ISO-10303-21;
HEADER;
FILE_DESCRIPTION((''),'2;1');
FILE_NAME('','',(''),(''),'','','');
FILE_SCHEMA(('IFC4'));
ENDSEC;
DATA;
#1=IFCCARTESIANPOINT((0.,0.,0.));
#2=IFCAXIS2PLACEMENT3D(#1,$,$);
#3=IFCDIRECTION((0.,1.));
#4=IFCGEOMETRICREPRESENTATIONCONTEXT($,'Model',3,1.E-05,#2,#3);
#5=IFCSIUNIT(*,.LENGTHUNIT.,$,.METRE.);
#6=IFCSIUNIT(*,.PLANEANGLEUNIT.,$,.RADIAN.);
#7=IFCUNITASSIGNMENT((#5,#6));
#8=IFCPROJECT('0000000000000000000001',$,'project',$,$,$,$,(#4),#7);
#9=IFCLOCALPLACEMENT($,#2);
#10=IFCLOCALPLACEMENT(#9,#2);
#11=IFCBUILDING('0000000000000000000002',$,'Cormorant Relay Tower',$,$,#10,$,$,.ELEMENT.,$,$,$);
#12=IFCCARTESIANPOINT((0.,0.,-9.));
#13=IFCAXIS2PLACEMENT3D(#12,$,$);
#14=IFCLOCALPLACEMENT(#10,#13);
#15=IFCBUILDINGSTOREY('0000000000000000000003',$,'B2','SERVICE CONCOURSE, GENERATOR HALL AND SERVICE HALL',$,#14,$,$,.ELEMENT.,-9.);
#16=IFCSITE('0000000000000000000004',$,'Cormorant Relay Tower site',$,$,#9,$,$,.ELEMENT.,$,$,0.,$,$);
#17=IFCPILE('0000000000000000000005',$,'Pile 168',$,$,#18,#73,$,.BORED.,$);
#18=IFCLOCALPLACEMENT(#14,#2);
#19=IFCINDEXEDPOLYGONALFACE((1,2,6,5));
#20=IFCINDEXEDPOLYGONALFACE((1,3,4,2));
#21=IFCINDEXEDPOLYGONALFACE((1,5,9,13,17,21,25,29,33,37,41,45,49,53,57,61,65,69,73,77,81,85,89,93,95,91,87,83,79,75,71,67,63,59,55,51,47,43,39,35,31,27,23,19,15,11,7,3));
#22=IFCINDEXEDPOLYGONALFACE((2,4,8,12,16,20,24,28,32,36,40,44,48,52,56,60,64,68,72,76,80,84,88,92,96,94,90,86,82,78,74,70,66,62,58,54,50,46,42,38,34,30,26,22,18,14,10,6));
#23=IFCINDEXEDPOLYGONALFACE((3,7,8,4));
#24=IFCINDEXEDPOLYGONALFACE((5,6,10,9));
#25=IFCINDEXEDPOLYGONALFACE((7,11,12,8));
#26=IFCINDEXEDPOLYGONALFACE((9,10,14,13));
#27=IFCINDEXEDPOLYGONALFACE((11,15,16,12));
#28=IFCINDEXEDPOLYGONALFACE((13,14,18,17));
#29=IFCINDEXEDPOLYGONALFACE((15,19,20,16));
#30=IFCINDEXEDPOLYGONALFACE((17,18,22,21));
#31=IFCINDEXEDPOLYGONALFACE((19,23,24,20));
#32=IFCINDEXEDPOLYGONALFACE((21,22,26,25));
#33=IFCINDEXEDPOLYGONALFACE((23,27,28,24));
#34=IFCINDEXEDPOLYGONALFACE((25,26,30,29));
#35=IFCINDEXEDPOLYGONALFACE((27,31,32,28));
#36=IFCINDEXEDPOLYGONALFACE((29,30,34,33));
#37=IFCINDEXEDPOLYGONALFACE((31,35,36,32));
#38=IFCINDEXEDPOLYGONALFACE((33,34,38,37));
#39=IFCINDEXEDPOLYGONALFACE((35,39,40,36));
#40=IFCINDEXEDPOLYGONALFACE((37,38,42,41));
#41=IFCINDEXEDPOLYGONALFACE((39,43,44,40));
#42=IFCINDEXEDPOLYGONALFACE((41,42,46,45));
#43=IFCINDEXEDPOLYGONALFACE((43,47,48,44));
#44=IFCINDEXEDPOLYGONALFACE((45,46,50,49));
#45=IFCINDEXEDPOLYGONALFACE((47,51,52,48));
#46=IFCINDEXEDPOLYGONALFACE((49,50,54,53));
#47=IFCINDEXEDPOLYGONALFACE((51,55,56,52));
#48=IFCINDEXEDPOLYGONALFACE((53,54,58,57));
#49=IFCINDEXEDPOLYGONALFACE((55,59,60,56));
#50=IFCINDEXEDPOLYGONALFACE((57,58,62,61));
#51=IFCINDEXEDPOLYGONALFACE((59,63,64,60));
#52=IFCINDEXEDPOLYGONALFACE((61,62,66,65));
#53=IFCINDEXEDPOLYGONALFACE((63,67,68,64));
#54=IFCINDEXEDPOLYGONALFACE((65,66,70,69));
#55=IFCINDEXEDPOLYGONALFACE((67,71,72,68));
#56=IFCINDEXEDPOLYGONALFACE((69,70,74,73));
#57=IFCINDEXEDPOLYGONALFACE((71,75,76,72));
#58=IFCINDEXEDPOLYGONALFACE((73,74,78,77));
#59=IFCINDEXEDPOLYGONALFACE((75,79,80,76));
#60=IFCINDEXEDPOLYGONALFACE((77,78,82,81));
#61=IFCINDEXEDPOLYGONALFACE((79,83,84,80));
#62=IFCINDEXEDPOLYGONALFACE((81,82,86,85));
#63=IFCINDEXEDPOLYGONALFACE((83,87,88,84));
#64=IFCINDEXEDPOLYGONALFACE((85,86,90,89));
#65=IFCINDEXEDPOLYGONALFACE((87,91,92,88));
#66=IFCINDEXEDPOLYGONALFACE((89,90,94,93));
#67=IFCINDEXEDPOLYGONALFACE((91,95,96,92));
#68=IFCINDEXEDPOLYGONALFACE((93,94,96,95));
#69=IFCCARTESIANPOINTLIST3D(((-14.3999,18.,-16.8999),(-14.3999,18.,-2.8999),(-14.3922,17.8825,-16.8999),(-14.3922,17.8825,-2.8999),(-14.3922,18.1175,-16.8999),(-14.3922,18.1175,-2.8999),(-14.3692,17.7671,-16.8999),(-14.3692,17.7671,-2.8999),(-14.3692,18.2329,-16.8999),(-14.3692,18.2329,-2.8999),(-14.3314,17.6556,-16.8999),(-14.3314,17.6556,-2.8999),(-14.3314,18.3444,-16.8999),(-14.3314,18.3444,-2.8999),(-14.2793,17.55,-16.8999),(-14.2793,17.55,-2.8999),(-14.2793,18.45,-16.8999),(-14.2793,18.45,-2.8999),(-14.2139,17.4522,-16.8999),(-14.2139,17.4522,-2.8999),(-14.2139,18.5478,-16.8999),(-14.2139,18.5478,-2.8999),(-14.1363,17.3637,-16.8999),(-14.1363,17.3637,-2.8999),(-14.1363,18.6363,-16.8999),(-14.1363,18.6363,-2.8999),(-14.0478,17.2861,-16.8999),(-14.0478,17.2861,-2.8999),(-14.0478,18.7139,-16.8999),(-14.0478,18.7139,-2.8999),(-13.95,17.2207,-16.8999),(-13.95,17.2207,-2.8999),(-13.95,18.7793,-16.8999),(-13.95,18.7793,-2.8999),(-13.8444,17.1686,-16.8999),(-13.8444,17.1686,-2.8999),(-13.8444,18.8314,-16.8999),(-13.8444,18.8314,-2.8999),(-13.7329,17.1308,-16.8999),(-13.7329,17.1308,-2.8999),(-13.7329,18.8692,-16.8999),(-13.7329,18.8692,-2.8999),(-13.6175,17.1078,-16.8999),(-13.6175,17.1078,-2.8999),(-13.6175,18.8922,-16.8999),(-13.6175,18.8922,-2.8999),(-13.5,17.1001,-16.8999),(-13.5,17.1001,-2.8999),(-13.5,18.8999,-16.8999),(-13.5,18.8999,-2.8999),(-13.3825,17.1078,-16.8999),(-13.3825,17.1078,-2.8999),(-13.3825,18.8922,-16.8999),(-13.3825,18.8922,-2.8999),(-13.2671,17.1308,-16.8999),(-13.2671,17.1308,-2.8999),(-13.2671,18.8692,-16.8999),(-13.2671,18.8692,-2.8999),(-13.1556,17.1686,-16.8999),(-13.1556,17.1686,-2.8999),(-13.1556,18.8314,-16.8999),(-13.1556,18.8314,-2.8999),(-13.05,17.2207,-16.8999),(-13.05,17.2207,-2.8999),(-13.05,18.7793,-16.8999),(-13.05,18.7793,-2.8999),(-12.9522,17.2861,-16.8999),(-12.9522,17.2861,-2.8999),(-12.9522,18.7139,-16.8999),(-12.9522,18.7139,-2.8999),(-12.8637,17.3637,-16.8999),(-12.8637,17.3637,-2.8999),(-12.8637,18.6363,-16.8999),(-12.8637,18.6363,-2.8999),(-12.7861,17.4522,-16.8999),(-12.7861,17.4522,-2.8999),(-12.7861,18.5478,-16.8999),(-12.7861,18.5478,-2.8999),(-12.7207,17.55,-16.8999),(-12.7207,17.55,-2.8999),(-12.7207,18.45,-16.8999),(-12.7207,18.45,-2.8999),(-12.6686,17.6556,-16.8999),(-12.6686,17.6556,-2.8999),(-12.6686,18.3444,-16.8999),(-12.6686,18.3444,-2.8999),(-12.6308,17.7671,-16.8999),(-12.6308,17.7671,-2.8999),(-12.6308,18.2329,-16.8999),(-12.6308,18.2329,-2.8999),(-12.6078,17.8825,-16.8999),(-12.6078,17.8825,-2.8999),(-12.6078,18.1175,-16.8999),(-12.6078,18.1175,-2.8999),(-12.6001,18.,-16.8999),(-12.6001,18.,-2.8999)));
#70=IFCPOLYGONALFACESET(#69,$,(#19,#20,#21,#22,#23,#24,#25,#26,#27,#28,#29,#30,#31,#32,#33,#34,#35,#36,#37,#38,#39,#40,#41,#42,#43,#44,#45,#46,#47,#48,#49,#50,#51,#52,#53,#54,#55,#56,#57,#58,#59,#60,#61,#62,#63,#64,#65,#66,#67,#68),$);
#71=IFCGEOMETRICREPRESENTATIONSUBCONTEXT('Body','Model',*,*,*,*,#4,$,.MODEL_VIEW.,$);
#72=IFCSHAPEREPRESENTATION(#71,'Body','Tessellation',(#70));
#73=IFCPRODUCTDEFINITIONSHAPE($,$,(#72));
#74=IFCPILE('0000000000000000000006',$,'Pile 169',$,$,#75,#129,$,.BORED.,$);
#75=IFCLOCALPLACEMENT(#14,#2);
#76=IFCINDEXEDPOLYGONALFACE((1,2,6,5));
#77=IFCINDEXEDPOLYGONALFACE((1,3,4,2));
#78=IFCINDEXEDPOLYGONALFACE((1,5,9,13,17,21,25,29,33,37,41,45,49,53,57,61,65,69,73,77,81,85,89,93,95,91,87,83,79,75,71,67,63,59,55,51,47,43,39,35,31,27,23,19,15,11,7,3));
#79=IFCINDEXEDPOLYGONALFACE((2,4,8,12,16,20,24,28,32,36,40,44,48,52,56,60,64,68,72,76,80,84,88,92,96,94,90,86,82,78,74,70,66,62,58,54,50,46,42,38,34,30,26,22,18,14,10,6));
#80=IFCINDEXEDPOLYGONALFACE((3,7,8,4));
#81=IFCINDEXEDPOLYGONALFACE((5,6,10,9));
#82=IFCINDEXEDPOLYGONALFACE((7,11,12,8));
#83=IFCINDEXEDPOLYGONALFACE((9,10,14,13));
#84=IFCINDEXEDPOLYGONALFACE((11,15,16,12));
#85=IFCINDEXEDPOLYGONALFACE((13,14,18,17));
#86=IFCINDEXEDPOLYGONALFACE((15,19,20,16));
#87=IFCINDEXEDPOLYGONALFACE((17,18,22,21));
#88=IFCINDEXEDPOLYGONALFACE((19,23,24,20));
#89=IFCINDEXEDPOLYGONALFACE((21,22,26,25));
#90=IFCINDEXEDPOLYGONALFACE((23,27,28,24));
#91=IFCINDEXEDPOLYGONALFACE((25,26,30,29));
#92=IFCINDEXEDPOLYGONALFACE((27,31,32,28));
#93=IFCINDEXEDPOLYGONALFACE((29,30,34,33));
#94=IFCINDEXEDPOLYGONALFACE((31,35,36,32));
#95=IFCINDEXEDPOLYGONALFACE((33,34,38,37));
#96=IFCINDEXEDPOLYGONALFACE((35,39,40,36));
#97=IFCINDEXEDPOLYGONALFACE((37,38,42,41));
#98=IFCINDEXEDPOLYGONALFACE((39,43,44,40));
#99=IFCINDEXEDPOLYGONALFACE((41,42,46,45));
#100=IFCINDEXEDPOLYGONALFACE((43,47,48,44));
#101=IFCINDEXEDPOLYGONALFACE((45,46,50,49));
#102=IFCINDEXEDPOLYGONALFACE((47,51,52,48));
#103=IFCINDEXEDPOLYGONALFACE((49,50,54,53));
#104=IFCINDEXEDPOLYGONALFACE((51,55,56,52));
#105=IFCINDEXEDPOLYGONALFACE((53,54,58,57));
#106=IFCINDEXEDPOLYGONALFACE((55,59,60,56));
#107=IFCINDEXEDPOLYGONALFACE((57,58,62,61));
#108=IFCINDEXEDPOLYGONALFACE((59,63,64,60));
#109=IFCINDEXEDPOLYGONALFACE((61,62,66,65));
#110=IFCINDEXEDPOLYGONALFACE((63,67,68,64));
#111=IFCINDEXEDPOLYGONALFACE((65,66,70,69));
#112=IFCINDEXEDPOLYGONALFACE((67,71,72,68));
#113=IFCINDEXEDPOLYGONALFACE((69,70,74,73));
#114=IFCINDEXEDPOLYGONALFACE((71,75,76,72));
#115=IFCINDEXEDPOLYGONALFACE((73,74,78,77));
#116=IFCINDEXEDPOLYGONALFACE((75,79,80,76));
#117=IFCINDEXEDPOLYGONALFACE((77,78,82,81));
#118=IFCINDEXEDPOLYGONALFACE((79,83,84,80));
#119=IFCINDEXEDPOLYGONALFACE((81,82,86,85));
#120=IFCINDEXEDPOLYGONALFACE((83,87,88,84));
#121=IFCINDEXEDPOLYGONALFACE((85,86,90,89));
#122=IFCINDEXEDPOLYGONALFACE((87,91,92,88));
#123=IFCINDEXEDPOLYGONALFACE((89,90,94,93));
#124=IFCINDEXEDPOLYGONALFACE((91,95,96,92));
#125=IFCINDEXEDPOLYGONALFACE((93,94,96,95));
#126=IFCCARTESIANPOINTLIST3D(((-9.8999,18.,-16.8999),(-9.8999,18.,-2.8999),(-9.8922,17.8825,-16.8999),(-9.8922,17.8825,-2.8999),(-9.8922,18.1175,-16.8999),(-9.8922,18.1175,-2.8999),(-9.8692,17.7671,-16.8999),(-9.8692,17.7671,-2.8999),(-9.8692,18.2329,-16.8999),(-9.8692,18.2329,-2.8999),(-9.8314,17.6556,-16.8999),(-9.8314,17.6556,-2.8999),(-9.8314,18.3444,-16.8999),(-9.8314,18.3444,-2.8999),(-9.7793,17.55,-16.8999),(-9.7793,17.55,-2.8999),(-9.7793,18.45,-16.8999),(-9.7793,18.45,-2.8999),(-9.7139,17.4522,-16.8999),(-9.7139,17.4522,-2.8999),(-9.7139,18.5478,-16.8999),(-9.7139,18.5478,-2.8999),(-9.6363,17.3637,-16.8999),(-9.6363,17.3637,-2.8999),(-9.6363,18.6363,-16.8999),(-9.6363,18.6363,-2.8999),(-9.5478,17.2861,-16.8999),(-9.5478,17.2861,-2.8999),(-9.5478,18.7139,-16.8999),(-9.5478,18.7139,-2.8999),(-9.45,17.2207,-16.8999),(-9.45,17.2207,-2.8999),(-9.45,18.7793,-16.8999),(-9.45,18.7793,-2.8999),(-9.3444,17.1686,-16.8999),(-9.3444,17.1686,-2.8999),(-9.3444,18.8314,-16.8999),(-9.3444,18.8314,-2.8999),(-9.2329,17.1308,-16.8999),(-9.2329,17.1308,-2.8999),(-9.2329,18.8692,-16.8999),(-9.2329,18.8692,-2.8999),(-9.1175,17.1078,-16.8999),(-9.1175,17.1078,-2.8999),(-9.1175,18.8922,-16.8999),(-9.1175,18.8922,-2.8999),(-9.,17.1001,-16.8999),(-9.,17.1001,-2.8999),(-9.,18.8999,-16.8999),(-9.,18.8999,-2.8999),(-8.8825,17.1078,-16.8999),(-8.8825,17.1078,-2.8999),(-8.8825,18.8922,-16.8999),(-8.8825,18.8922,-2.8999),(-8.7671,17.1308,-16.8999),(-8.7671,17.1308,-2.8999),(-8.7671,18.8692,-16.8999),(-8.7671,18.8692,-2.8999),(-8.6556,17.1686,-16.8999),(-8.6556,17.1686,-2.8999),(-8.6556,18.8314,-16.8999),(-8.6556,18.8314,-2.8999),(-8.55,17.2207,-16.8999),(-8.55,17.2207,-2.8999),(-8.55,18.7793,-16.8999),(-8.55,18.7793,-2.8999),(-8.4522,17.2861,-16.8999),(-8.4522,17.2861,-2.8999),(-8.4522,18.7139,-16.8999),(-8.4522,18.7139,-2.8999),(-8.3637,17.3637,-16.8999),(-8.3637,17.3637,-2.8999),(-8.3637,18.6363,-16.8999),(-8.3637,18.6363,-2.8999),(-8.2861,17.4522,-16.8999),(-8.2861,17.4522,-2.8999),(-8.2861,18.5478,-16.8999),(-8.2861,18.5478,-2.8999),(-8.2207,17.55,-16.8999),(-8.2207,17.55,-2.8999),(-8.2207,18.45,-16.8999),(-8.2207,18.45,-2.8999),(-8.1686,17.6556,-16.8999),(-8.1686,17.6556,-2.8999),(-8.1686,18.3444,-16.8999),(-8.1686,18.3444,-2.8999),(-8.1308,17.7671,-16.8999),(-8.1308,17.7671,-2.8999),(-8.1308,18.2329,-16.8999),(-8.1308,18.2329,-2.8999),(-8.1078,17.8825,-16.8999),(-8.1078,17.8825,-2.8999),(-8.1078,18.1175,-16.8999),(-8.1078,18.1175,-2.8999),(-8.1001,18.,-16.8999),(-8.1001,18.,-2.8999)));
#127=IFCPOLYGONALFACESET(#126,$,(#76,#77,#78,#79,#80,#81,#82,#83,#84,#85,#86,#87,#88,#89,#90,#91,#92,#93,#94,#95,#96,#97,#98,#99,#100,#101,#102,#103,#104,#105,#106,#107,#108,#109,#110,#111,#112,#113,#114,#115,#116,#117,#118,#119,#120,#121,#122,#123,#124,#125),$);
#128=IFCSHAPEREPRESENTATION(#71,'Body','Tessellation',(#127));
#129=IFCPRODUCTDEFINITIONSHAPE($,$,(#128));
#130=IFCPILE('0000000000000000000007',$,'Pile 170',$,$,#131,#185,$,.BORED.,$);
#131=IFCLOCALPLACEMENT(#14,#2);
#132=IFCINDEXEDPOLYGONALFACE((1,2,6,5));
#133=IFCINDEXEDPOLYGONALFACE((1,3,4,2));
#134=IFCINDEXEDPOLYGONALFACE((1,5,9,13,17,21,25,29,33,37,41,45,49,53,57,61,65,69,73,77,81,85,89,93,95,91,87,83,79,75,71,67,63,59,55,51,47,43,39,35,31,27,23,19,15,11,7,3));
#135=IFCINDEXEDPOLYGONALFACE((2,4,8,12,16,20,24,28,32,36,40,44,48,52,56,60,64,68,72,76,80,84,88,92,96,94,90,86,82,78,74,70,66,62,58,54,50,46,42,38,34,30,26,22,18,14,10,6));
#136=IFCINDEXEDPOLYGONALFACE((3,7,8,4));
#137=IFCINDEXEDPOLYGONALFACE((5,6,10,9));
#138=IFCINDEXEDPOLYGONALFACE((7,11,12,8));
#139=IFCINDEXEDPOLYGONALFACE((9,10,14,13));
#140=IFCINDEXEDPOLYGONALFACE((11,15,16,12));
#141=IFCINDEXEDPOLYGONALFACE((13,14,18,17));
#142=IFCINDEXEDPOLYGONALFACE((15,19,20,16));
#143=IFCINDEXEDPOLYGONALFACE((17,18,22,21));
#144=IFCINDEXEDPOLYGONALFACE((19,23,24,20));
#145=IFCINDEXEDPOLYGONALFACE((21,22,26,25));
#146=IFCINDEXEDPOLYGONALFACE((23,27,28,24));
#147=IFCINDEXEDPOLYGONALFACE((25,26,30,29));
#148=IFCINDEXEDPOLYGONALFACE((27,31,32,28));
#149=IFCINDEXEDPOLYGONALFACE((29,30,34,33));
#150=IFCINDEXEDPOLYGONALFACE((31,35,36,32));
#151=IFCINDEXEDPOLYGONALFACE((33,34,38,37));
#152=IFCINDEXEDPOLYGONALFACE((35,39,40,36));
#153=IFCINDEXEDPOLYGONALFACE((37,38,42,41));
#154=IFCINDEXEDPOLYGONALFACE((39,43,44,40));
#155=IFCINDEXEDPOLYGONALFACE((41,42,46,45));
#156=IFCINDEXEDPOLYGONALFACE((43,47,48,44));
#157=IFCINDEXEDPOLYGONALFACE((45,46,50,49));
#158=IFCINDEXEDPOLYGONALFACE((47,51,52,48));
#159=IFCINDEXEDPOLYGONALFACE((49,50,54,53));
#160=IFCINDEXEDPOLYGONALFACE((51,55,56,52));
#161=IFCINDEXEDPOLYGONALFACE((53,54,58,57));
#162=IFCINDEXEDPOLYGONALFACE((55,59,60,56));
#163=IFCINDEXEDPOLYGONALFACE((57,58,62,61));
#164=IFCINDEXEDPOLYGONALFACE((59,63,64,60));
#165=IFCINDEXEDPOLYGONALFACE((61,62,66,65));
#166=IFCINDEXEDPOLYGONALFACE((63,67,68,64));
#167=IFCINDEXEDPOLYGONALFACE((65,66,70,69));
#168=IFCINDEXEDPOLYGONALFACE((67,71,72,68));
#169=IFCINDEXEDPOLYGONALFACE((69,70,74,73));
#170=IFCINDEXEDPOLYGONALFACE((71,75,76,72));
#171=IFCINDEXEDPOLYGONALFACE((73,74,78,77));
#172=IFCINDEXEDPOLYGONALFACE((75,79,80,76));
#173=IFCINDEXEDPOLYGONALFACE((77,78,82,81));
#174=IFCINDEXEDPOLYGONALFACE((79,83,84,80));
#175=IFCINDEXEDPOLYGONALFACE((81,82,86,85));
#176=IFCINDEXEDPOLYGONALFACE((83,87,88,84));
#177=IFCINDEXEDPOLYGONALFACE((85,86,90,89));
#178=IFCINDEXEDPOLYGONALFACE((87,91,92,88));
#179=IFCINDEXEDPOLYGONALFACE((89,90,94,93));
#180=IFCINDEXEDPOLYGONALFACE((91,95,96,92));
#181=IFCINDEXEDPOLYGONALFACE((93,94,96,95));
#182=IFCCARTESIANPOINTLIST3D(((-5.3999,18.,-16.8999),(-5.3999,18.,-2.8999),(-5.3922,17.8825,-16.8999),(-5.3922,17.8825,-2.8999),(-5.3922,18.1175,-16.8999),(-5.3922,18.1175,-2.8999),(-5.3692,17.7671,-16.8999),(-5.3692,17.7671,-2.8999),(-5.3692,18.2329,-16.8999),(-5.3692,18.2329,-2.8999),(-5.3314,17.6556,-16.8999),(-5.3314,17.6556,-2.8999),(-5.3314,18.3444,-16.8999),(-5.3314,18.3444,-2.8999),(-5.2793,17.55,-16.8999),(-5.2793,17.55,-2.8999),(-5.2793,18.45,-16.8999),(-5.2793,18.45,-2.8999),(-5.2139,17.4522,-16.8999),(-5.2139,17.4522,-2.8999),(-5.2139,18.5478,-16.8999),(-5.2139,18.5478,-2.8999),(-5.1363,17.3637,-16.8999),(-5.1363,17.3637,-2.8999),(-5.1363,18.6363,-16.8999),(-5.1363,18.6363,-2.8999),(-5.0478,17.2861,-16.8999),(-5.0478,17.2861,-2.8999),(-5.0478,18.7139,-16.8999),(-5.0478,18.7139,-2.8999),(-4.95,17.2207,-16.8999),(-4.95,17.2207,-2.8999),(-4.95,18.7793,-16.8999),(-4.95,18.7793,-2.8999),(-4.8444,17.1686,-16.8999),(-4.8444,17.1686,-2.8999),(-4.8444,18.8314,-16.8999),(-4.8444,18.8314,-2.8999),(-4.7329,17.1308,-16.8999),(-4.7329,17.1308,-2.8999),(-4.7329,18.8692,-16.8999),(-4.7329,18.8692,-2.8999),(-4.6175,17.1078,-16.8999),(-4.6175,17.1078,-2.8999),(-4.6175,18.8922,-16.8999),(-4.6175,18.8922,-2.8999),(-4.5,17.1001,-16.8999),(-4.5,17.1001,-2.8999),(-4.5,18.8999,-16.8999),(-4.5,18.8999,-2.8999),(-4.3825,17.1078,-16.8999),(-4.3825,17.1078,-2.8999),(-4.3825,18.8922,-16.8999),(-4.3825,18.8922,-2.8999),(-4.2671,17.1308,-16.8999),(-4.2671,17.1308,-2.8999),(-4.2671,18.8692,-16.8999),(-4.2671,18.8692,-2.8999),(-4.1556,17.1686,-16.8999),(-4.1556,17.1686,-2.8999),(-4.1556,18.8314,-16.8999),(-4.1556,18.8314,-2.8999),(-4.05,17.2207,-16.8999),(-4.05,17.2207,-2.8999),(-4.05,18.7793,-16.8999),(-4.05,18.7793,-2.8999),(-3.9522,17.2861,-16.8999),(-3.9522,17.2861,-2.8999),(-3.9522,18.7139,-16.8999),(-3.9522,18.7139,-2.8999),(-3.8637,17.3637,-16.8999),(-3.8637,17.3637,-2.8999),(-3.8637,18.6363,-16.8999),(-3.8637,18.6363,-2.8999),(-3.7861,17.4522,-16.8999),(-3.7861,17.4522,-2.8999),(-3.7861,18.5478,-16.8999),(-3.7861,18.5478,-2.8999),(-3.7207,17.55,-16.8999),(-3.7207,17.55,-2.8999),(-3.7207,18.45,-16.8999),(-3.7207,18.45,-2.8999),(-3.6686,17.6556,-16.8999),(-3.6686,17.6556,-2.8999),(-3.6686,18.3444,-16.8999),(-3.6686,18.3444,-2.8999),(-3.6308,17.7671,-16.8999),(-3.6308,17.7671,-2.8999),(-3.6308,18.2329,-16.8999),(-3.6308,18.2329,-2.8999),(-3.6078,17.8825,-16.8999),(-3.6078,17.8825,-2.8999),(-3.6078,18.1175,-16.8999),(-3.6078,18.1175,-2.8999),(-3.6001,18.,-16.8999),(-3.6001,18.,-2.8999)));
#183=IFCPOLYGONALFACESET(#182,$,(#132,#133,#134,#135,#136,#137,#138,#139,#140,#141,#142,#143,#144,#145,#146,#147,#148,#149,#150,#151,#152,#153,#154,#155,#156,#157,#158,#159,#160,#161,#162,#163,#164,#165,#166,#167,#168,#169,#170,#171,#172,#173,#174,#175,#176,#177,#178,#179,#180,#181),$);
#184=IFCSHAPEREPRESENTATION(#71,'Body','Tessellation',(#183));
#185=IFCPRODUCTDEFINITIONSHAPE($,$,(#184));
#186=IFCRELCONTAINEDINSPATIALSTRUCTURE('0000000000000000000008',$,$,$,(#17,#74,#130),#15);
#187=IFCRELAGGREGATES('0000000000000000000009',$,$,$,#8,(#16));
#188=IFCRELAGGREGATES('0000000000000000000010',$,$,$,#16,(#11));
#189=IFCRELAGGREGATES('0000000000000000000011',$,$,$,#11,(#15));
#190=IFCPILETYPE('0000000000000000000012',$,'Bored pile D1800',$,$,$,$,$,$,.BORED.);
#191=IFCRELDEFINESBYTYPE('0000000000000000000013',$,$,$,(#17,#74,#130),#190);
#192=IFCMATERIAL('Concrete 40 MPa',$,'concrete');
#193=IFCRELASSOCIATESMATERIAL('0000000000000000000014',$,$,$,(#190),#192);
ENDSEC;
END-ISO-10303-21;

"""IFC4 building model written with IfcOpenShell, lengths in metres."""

from ifc_helpers import new_model, si_unit, direction, frame, origin, origin_2d, place, context, subcontext, project, spatial, circle, extrude, material, material_profile, profile_set, type_object, element, save


model = new_model("IFC4")

# Units and contexts
model_context = context("Model", 3, precision=1e-05, world=origin(), true_north=direction((0.0, 1.0)))
body_context = subcontext(model_context, "Body", "Model", "MODEL_VIEW")
ifc_project = project(units=[si_unit("LENGTHUNIT", "METRE"), si_unit("PLANEANGLEUNIT", "RADIAN")], contexts=[model_context])

# Site, building, storey
site_placement = place(None, origin())
site = spatial("IfcSite", under=ifc_project, at=site_placement, Name="Cormorant Relay Tower site", CompositionType="ELEMENT", RefElevation=0.0)
building_placement = place(site_placement, origin())
building = spatial("IfcBuilding", under=site, at=building_placement, Name="Cormorant Relay Tower", CompositionType="ELEMENT")
storey_placement = place(building_placement, frame((0.0, 0.0, -9.0)))
storey = spatial("IfcBuildingStorey", under=building, at=storey_placement, Name="B2", Description="SERVICE CONCOURSE, GENERATOR HALL AND SERVICE HALL", CompositionType="ELEMENT", Elevation=-9.0)

# Piles
ifc_material_1 = material(Name="Concrete 40 MPa", Category="concrete")
ifc_material_profile_1 = material_profile(ifc_material_1, circle(Radius=0.8999, at=origin_2d()), Name="BP1800")
ifc_profile_set_1 = profile_set([ifc_material_profile_1], Name="Concrete 40 MPa")
pile_type = type_object("IfcPileType", Name="Bored pile D1800", PredefinedType="BORED", material=ifc_profile_set_1)
for number, where, z_axis, x_axis, name in (
    (1, (-13.5, 18.0, -2.8999), (0.0, 0.0, -1.0), (1.0, 0.0, 0.0), "Pile 168"),
    (2, (-9.0, 18.0, -2.8999), (0.0, 0.0, -1.0), (1.0, 0.0, 0.0), "Pile 169"),
    (3, (-4.5, 18.0, -2.8999), (0.0, 0.0, -1.0), (1.0, 0.0, 0.0), "Pile 170"),
):
    element("IfcPile", number, at=place(storey_placement, frame(where, z_axis=z_axis, x_axis=x_axis)), inside=storey, type_object=pile_type, Name=name, PredefinedType="BORED", context=body_context, shape_type="SweptSolid", body=[
        extrude(circle(Radius=0.8999, at=origin_2d()), origin(), (0.0, 0.0, 1.0), 14.0),
    ])

save(model, "model.ifc")
